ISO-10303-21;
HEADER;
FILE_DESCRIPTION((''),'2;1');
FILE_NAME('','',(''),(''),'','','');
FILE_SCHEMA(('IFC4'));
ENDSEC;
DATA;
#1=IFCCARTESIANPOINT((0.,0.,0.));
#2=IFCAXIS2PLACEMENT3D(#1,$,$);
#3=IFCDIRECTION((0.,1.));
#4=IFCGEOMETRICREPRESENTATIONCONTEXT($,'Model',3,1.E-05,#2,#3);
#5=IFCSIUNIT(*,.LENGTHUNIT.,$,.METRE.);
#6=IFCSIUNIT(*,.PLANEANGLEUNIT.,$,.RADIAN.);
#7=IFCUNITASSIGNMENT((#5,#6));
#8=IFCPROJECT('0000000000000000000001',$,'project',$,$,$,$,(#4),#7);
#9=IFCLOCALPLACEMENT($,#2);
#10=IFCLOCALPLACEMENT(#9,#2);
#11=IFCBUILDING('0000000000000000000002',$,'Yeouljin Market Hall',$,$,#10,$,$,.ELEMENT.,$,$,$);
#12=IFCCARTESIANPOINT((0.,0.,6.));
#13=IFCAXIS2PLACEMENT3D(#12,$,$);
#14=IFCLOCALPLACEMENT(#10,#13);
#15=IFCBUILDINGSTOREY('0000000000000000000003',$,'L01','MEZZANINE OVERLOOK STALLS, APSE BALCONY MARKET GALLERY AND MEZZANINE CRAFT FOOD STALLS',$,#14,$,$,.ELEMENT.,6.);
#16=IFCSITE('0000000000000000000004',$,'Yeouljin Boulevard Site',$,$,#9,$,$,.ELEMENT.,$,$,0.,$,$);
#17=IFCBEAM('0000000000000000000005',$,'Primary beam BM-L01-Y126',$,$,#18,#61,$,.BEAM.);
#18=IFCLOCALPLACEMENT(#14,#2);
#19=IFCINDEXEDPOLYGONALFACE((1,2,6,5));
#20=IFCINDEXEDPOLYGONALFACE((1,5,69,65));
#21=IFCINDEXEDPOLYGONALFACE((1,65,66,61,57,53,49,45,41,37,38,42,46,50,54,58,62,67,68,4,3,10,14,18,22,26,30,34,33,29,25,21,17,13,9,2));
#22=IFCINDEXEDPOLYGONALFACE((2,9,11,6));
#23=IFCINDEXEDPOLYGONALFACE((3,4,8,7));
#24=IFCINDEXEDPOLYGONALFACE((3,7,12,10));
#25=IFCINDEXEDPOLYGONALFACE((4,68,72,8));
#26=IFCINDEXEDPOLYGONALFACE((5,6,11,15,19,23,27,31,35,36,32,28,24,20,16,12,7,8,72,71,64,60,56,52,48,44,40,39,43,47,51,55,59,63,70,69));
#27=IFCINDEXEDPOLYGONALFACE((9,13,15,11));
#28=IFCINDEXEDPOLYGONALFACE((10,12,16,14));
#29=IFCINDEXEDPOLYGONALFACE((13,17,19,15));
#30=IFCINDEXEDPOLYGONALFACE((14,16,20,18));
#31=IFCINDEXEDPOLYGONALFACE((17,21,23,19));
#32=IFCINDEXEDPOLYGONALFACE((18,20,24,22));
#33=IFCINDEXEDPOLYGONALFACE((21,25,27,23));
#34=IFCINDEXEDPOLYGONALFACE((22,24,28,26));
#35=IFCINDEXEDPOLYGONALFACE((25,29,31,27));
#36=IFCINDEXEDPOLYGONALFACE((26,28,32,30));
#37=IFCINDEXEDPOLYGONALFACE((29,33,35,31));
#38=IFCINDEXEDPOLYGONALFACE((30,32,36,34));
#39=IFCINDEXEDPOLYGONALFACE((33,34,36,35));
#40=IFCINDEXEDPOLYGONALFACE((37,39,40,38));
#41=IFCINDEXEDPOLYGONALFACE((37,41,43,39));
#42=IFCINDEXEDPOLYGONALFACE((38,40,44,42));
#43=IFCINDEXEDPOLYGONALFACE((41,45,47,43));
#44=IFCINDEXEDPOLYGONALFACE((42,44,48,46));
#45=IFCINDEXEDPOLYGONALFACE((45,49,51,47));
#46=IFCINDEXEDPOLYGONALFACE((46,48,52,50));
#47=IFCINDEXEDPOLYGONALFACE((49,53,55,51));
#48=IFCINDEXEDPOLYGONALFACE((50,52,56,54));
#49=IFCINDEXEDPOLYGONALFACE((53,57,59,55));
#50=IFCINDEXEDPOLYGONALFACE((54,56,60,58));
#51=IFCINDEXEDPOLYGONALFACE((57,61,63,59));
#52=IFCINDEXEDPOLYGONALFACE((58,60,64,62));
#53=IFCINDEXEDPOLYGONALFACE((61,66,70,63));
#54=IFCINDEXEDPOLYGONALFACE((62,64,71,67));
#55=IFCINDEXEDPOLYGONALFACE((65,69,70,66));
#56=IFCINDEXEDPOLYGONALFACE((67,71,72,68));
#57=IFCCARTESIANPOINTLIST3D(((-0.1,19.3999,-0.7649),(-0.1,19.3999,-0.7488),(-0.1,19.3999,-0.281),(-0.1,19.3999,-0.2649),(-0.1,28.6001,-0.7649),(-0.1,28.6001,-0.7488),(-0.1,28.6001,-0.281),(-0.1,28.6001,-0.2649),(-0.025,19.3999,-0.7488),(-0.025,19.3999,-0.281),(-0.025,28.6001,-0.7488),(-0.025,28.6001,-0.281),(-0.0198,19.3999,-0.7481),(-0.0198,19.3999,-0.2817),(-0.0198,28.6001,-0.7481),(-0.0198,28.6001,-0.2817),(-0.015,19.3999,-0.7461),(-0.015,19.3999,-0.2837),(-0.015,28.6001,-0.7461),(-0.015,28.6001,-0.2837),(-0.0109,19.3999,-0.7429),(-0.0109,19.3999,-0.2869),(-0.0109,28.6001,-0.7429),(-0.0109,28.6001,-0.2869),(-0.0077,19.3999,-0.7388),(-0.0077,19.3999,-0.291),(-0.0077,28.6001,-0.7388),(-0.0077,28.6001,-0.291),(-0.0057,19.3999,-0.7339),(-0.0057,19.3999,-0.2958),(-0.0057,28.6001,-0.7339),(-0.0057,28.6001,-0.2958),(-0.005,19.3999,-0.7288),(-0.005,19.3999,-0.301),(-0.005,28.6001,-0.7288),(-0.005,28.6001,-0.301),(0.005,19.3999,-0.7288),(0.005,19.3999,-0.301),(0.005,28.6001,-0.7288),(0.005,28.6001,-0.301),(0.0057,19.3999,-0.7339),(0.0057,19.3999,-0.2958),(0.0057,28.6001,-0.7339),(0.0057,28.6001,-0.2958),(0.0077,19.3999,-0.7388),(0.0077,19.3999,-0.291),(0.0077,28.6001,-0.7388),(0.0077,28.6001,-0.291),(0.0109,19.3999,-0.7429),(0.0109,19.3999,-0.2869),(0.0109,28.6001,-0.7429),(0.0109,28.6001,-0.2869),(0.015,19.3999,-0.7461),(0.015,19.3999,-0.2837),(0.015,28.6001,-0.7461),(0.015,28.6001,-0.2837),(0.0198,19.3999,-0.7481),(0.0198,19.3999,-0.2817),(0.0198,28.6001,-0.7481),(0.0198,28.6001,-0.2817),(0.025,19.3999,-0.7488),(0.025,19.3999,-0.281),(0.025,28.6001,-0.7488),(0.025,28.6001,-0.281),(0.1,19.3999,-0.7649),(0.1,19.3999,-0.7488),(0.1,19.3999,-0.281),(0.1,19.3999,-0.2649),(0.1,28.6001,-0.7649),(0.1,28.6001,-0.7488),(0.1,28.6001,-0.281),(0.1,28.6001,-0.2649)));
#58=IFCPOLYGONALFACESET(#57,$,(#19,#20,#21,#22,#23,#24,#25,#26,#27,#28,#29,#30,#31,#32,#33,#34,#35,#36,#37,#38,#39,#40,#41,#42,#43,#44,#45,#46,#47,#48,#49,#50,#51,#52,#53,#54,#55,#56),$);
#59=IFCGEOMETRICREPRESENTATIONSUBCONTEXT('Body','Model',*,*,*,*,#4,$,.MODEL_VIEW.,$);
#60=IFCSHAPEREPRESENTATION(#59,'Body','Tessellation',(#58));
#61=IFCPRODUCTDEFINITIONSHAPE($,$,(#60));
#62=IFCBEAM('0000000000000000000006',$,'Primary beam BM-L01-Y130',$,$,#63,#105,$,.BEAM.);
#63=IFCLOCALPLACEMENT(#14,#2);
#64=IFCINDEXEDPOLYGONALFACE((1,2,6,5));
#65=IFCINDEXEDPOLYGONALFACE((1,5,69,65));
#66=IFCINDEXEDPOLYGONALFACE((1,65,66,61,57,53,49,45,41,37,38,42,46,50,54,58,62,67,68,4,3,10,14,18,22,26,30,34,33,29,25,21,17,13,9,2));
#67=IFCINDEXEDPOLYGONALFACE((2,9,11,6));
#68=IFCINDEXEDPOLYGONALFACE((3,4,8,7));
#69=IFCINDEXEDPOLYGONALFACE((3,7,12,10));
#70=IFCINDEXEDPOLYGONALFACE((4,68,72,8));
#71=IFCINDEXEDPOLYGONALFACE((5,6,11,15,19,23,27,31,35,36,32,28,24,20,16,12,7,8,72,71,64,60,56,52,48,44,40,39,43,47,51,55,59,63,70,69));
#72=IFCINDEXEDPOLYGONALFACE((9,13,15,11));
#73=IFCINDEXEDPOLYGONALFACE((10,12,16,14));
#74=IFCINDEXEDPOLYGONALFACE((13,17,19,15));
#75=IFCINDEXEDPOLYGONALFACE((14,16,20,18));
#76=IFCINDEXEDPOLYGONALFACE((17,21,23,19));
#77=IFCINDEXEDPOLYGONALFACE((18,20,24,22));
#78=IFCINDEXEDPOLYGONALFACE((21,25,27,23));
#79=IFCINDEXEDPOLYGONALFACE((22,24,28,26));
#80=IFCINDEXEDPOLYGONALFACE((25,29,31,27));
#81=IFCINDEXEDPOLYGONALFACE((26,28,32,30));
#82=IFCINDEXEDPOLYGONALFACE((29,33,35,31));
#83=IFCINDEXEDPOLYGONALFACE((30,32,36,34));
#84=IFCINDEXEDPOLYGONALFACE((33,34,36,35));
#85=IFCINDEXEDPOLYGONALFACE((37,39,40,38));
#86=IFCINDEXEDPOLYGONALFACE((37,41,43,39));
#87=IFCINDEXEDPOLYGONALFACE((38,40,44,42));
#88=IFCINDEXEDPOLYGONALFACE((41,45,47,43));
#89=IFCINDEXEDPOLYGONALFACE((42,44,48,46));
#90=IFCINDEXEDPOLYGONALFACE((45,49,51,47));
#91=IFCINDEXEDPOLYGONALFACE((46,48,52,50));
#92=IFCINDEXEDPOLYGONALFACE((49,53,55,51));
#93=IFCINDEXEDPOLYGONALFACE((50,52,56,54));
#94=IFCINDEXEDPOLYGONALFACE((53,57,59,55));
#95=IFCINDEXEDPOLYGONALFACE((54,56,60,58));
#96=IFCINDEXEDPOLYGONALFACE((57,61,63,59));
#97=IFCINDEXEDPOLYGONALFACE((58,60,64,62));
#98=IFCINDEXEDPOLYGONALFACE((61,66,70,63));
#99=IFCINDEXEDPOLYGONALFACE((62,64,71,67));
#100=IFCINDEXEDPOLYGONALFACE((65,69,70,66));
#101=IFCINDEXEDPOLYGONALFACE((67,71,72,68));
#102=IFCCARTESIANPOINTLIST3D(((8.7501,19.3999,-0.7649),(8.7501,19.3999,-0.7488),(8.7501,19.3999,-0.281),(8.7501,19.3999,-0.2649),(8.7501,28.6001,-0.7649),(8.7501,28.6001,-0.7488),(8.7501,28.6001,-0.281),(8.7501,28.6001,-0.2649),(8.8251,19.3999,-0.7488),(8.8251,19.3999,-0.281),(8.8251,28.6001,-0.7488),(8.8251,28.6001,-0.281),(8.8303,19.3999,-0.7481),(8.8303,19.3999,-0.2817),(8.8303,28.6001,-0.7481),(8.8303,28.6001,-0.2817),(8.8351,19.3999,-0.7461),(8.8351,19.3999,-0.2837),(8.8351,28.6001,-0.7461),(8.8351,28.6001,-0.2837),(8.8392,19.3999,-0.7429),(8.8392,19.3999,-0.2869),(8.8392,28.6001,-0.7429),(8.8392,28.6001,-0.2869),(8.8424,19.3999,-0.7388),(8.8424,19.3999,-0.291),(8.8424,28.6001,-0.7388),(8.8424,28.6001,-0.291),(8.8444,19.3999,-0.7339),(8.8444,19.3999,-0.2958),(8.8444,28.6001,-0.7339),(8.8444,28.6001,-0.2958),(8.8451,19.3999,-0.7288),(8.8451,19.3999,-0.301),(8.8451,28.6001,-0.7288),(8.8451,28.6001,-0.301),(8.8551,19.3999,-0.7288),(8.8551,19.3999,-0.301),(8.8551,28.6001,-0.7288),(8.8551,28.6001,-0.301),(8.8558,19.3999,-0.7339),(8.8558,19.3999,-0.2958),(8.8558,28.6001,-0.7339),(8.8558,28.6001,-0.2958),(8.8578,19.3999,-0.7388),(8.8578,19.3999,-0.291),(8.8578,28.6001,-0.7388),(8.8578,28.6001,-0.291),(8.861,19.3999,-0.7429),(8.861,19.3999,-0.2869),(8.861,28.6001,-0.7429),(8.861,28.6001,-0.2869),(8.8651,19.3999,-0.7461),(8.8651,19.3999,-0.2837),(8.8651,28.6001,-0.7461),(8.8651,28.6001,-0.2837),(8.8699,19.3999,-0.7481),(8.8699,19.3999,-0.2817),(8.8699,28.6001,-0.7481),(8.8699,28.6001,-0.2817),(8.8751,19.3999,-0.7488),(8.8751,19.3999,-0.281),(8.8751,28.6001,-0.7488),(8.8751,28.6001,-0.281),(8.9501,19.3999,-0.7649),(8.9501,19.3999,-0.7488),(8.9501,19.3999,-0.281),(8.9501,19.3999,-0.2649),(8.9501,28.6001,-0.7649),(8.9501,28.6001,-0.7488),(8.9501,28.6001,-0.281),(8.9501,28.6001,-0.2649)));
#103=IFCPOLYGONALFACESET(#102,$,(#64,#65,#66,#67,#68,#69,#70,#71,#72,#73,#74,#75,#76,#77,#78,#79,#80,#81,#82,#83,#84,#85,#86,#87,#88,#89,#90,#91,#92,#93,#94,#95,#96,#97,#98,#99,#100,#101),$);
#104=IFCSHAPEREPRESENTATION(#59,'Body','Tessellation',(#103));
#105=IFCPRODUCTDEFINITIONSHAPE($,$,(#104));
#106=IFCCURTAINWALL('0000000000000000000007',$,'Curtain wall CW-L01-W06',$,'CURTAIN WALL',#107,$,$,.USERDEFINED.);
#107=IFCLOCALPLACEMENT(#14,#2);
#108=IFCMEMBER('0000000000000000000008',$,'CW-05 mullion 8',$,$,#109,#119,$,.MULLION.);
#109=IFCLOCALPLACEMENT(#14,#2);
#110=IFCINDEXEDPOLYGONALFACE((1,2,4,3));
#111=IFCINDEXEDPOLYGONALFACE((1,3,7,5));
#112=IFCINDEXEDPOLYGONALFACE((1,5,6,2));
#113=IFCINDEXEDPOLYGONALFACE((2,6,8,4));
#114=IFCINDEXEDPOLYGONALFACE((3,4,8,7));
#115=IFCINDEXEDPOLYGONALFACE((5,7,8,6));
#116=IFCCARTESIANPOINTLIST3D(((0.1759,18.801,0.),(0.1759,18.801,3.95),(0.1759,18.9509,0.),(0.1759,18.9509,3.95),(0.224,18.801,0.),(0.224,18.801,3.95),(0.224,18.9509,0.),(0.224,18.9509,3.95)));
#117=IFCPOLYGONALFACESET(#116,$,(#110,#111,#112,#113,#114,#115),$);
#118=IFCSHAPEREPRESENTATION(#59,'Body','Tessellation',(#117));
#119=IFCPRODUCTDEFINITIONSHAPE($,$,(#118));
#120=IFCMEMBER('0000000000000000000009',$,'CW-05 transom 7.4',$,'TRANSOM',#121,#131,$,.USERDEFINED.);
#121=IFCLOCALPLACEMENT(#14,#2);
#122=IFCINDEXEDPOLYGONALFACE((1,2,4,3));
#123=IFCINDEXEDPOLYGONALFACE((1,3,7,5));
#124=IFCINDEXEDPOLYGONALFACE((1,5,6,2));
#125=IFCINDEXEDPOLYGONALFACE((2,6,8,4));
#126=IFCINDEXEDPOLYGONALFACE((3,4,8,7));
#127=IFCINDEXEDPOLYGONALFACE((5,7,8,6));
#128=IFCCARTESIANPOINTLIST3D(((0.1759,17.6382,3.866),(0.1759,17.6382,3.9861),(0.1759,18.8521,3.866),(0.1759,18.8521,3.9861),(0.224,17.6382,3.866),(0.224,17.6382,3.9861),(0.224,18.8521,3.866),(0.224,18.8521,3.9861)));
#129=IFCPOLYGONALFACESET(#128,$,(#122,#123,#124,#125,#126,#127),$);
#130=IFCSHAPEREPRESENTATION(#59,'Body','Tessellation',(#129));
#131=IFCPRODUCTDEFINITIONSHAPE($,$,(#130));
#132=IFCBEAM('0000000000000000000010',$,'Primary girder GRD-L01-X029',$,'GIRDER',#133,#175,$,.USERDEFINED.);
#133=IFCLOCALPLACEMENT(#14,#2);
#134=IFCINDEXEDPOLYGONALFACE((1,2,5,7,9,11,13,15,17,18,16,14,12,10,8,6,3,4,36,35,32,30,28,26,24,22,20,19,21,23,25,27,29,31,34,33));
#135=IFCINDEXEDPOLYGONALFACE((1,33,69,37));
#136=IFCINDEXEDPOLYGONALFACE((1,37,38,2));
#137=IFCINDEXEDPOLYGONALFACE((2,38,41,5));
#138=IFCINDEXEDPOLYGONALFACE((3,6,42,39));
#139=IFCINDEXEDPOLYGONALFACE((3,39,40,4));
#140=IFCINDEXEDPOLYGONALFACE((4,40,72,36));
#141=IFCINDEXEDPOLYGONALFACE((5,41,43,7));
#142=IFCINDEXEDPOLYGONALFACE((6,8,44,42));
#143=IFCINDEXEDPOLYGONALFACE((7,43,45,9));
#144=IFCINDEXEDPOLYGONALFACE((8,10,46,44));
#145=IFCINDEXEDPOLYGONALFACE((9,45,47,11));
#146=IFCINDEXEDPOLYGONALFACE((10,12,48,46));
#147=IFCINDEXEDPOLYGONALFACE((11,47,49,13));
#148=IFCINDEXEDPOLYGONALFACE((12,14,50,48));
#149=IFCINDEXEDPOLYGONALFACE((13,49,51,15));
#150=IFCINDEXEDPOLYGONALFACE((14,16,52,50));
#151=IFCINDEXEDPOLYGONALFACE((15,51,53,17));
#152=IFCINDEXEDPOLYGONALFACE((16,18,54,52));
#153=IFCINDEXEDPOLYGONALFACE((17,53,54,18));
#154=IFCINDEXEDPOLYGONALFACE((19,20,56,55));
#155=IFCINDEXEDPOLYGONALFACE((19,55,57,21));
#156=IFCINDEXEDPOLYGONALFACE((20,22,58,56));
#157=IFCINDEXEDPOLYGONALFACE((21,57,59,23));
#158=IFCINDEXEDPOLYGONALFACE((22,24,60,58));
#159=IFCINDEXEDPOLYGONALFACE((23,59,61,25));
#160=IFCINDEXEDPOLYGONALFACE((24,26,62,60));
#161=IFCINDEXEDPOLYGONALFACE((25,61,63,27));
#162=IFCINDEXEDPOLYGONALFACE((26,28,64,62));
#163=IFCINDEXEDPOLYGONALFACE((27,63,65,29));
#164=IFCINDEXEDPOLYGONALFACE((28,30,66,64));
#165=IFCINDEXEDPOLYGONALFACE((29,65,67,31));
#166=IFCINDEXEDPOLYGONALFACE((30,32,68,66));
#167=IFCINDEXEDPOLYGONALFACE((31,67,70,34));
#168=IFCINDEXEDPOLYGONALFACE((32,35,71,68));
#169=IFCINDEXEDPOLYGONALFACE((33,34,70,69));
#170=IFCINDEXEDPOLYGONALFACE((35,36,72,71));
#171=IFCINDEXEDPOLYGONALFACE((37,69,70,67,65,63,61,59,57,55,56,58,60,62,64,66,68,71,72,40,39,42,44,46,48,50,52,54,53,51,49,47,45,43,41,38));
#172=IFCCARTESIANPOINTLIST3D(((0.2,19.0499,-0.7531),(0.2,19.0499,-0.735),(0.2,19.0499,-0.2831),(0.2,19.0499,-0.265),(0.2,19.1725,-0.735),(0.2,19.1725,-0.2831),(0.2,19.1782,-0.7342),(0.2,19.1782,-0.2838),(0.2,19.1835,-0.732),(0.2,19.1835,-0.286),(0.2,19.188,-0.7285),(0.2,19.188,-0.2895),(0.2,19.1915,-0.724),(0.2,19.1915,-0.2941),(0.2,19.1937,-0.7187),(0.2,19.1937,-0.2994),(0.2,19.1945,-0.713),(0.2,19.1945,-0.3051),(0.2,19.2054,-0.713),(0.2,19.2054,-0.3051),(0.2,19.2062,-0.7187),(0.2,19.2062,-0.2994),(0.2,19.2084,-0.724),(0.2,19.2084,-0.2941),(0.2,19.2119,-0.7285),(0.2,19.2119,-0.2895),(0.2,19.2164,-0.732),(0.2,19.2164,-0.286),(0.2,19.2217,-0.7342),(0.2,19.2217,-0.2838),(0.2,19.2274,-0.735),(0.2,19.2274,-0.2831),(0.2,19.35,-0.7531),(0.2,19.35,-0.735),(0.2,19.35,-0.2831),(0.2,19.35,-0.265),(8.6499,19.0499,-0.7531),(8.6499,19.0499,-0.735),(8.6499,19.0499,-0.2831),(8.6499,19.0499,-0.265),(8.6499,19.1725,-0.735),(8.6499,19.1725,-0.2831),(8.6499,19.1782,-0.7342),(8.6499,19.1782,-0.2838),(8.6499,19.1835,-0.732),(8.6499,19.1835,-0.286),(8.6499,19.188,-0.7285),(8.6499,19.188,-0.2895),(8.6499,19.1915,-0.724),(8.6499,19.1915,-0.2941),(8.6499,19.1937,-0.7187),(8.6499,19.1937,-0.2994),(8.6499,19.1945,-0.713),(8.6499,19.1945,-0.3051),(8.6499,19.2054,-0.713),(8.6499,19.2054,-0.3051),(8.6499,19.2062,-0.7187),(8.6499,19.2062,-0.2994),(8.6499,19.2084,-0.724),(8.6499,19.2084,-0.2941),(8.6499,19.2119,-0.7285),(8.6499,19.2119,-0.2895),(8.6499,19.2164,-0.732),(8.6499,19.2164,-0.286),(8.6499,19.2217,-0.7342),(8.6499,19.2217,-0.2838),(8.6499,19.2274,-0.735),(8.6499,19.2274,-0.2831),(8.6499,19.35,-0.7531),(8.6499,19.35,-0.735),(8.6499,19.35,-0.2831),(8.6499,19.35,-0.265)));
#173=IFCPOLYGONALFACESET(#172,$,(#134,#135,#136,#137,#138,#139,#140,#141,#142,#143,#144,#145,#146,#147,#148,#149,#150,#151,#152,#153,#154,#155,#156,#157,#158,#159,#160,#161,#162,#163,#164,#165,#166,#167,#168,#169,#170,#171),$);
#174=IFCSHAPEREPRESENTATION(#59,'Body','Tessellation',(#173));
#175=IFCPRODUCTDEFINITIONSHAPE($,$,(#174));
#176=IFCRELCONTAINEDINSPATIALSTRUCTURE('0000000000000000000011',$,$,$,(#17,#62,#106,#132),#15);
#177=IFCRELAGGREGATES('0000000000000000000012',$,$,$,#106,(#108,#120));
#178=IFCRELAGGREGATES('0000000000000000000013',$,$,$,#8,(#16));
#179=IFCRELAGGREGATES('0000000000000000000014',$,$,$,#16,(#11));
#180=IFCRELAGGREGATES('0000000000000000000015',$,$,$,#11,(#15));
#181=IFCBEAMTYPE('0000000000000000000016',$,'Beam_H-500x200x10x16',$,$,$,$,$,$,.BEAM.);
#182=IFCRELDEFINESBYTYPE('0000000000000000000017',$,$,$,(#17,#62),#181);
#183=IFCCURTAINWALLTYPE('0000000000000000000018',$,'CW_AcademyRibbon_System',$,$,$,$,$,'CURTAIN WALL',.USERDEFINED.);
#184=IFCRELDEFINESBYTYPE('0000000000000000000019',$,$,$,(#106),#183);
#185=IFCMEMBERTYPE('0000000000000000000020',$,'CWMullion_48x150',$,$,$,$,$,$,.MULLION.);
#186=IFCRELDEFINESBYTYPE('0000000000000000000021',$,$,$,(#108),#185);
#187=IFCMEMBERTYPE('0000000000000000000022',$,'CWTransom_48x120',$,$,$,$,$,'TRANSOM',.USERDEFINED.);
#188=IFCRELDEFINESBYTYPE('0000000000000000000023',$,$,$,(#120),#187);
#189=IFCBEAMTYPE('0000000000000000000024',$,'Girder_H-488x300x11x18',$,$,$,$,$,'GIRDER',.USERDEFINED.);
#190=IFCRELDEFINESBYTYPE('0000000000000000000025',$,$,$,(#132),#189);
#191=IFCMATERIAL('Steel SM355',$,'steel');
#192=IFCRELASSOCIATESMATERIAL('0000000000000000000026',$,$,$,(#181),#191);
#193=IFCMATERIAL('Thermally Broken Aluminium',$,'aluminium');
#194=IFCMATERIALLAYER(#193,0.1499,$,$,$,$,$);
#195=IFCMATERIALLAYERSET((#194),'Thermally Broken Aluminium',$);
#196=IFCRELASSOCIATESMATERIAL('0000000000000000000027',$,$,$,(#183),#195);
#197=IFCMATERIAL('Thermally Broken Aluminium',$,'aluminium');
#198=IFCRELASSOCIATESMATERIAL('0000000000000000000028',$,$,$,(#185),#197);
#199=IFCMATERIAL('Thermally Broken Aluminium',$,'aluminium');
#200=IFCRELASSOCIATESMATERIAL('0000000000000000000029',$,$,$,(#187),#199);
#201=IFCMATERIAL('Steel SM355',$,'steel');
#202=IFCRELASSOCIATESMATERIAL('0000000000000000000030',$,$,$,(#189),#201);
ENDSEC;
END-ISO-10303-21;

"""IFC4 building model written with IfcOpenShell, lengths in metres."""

from ifc_helpers import new_model, si_unit, direction, frame, origin, origin_2d, place, context, subcontext, project, spatial, rectangle, i_section, extrude, material, layer, layer_set, material_profile, profile_set, type_object, element, aggregate, save


model = new_model("IFC4")

# Units and contexts
model_context = context("Model", 3, precision=1e-05, world=origin(), true_north=direction((0.0, 1.0)))
body_context = subcontext(model_context, "Body", "Model", "MODEL_VIEW")
ifc_project = project(units=[si_unit("LENGTHUNIT", "METRE"), si_unit("PLANEANGLEUNIT", "RADIAN")], contexts=[model_context])

# Site, building, storey
site_placement = place(None, origin())
site = spatial("IfcSite", under=ifc_project, at=site_placement, Name="Yeouljin Boulevard Site", CompositionType="ELEMENT", RefElevation=0.0)
building_placement = place(site_placement, origin())
building = spatial("IfcBuilding", under=site, at=building_placement, Name="Yeouljin Market Hall", CompositionType="ELEMENT")
storey_placement = place(building_placement, frame((0.0, 0.0, 6.0)))
storey = spatial("IfcBuildingStorey", under=building, at=storey_placement, Name="L01", Description="MEZZANINE OVERLOOK STALLS, APSE BALCONY MARKET GALLERY AND MEZZANINE CRAFT FOOD STALLS", CompositionType="ELEMENT", Elevation=6.0)

# Beams
ifc_material_1 = material(Name="Steel SM355", Category="steel")
ifc_material_profile_1 = material_profile(ifc_material_1, i_section(OverallWidth=0.2, OverallDepth=0.5, WebThickness=0.01, FlangeThickness=0.0161, FilletRadius=0.02, at=origin_2d()), Name="H-500x200x10x16")
ifc_profile_set_1 = profile_set([ifc_material_profile_1], Name="Steel SM355")
beam_type_1 = type_object("IfcBeamType", Name="Beam_H-500x200x10x16", PredefinedType="BEAM", material=ifc_profile_set_1)
for number, where, z_axis, x_axis, name in (
    (1, (0.0, 19.3999, -0.5149), (0.0, 1.0, 0.0), (-1.0, 0.0, 0.0), "Primary beam BM-L01-Y126"),
    (2, (8.8501, 19.3999, -0.5149), (0.0, 1.0, 0.0), (-1.0, 0.0, 0.0), "Primary beam BM-L01-Y130"),
):
    element("IfcBeam", number, at=place(storey_placement, frame(where, z_axis=z_axis, x_axis=x_axis)), inside=storey, type_object=beam_type_1, Name=name, PredefinedType="BEAM", context=body_context, shape_type="SweptSolid", body=[
        extrude(i_section(OverallWidth=0.2, OverallDepth=0.5, WebThickness=0.01, FlangeThickness=0.0161, FilletRadius=0.02, at=origin_2d()), origin(), (0.0, 0.0, 1.0), 9.2002),
    ])

# Curtain wall, members
ifc_material_2 = material(Name="Thermally Broken Aluminium", Category="aluminium")
ifc_layer_1 = layer(ifc_material_2, 0.1499)
ifc_layer_set_1 = layer_set([ifc_layer_1], Name="Thermally Broken Aluminium")
curtain_wall_type = type_object("IfcCurtainWallType", Name="CW_AcademyRibbon_System", ElementType="CURTAIN WALL", PredefinedType="USERDEFINED", material=ifc_layer_set_1)
curtain_wall_placement = place(storey_placement, origin())
curtain_wall = element("IfcCurtainWall", 3, at=curtain_wall_placement, inside=storey, type_object=curtain_wall_type, Name="Curtain wall CW-L01-W06", ObjectType="CURTAIN WALL", PredefinedType="USERDEFINED")
ifc_material_3 = material(Name="Thermally Broken Aluminium", Category="aluminium")
ifc_material_profile_2 = material_profile(ifc_material_3, rectangle(XDim=0.0481, YDim=0.1499, at=origin_2d()), Name="CW-MULL-48x150")
ifc_profile_set_2 = profile_set([ifc_material_profile_2], Name="Thermally Broken Aluminium")
member_type_1 = type_object("IfcMemberType", Name="CWMullion_48x150", PredefinedType="MULLION", material=ifc_profile_set_2)
member_1_placement = place(storey_placement, frame((0.2, 18.876, 0.0), z_axis=(0.0, 0.0, 1.0), x_axis=(-1.0, 0.0, 0.0)))
member_1 = element("IfcMember", 4, at=member_1_placement, type_object=member_type_1, Name="CW-05 mullion 8", PredefinedType="MULLION", context=body_context, shape_type="SweptSolid", body=[
    extrude(rectangle(XDim=0.0481, YDim=0.1499, at=origin_2d()), origin(), (0.0, 0.0, 1.0), 3.95),
])
ifc_material_4 = material(Name="Thermally Broken Aluminium", Category="aluminium")
ifc_material_profile_3 = material_profile(ifc_material_4, rectangle(XDim=0.0481, YDim=0.1201, at=origin_2d()), Name="CW-TRAN-48x120")
ifc_profile_set_3 = profile_set([ifc_material_profile_3], Name="Thermally Broken Aluminium")
member_type_2 = type_object("IfcMemberType", Name="CWTransom_48x120", ElementType="TRANSOM", PredefinedType="USERDEFINED", material=ifc_profile_set_3)
member_2_placement = place(storey_placement, frame((0.2, 17.6382, 3.926), z_axis=(0.0, 1.0, 0.0), x_axis=(-1.0, 0.0, 0.0)))
member_2 = element("IfcMember", 5, at=member_2_placement, type_object=member_type_2, Name="CW-05 transom 7.4", ObjectType="TRANSOM", PredefinedType="USERDEFINED", context=body_context, shape_type="SweptSolid", body=[
    extrude(rectangle(XDim=0.0481, YDim=0.1201, at=origin_2d()), origin(), (0.0, 0.0, 1.0), 1.2139),
])

# Beam
ifc_material_5 = material(Name="Steel SM355", Category="steel")
ifc_material_profile_4 = material_profile(ifc_material_5, i_section(OverallWidth=0.3, OverallDepth=0.488, WebThickness=0.011, FlangeThickness=0.0181, FilletRadius=0.022, at=origin_2d()), Name="H-488x300x11x18")
ifc_profile_set_4 = profile_set([ifc_material_profile_4], Name="Steel SM355")
beam_type_2 = type_object("IfcBeamType", Name="Girder_H-488x300x11x18", ElementType="GIRDER", PredefinedType="USERDEFINED", material=ifc_profile_set_4)
for number, where, z_axis, x_axis, name in (
    (6, (0.2, 19.2, -0.509), (1.0, 0.0, 0.0), (0.0, 1.0, 0.0), "Primary girder GRD-L01-X029"),
):
    element("IfcBeam", number, at=place(storey_placement, frame(where, z_axis=z_axis, x_axis=x_axis)), inside=storey, type_object=beam_type_2, Name=name, ObjectType="GIRDER", PredefinedType="USERDEFINED", context=body_context, shape_type="SweptSolid", body=[
        extrude(i_section(OverallWidth=0.3, OverallDepth=0.488, WebThickness=0.011, FlangeThickness=0.0181, FilletRadius=0.022, at=origin_2d()), origin(), (0.0, 0.0, 1.0), 8.45),
    ])

aggregate(curtain_wall, [member_1, member_2])

save(model, "model.ifc")
